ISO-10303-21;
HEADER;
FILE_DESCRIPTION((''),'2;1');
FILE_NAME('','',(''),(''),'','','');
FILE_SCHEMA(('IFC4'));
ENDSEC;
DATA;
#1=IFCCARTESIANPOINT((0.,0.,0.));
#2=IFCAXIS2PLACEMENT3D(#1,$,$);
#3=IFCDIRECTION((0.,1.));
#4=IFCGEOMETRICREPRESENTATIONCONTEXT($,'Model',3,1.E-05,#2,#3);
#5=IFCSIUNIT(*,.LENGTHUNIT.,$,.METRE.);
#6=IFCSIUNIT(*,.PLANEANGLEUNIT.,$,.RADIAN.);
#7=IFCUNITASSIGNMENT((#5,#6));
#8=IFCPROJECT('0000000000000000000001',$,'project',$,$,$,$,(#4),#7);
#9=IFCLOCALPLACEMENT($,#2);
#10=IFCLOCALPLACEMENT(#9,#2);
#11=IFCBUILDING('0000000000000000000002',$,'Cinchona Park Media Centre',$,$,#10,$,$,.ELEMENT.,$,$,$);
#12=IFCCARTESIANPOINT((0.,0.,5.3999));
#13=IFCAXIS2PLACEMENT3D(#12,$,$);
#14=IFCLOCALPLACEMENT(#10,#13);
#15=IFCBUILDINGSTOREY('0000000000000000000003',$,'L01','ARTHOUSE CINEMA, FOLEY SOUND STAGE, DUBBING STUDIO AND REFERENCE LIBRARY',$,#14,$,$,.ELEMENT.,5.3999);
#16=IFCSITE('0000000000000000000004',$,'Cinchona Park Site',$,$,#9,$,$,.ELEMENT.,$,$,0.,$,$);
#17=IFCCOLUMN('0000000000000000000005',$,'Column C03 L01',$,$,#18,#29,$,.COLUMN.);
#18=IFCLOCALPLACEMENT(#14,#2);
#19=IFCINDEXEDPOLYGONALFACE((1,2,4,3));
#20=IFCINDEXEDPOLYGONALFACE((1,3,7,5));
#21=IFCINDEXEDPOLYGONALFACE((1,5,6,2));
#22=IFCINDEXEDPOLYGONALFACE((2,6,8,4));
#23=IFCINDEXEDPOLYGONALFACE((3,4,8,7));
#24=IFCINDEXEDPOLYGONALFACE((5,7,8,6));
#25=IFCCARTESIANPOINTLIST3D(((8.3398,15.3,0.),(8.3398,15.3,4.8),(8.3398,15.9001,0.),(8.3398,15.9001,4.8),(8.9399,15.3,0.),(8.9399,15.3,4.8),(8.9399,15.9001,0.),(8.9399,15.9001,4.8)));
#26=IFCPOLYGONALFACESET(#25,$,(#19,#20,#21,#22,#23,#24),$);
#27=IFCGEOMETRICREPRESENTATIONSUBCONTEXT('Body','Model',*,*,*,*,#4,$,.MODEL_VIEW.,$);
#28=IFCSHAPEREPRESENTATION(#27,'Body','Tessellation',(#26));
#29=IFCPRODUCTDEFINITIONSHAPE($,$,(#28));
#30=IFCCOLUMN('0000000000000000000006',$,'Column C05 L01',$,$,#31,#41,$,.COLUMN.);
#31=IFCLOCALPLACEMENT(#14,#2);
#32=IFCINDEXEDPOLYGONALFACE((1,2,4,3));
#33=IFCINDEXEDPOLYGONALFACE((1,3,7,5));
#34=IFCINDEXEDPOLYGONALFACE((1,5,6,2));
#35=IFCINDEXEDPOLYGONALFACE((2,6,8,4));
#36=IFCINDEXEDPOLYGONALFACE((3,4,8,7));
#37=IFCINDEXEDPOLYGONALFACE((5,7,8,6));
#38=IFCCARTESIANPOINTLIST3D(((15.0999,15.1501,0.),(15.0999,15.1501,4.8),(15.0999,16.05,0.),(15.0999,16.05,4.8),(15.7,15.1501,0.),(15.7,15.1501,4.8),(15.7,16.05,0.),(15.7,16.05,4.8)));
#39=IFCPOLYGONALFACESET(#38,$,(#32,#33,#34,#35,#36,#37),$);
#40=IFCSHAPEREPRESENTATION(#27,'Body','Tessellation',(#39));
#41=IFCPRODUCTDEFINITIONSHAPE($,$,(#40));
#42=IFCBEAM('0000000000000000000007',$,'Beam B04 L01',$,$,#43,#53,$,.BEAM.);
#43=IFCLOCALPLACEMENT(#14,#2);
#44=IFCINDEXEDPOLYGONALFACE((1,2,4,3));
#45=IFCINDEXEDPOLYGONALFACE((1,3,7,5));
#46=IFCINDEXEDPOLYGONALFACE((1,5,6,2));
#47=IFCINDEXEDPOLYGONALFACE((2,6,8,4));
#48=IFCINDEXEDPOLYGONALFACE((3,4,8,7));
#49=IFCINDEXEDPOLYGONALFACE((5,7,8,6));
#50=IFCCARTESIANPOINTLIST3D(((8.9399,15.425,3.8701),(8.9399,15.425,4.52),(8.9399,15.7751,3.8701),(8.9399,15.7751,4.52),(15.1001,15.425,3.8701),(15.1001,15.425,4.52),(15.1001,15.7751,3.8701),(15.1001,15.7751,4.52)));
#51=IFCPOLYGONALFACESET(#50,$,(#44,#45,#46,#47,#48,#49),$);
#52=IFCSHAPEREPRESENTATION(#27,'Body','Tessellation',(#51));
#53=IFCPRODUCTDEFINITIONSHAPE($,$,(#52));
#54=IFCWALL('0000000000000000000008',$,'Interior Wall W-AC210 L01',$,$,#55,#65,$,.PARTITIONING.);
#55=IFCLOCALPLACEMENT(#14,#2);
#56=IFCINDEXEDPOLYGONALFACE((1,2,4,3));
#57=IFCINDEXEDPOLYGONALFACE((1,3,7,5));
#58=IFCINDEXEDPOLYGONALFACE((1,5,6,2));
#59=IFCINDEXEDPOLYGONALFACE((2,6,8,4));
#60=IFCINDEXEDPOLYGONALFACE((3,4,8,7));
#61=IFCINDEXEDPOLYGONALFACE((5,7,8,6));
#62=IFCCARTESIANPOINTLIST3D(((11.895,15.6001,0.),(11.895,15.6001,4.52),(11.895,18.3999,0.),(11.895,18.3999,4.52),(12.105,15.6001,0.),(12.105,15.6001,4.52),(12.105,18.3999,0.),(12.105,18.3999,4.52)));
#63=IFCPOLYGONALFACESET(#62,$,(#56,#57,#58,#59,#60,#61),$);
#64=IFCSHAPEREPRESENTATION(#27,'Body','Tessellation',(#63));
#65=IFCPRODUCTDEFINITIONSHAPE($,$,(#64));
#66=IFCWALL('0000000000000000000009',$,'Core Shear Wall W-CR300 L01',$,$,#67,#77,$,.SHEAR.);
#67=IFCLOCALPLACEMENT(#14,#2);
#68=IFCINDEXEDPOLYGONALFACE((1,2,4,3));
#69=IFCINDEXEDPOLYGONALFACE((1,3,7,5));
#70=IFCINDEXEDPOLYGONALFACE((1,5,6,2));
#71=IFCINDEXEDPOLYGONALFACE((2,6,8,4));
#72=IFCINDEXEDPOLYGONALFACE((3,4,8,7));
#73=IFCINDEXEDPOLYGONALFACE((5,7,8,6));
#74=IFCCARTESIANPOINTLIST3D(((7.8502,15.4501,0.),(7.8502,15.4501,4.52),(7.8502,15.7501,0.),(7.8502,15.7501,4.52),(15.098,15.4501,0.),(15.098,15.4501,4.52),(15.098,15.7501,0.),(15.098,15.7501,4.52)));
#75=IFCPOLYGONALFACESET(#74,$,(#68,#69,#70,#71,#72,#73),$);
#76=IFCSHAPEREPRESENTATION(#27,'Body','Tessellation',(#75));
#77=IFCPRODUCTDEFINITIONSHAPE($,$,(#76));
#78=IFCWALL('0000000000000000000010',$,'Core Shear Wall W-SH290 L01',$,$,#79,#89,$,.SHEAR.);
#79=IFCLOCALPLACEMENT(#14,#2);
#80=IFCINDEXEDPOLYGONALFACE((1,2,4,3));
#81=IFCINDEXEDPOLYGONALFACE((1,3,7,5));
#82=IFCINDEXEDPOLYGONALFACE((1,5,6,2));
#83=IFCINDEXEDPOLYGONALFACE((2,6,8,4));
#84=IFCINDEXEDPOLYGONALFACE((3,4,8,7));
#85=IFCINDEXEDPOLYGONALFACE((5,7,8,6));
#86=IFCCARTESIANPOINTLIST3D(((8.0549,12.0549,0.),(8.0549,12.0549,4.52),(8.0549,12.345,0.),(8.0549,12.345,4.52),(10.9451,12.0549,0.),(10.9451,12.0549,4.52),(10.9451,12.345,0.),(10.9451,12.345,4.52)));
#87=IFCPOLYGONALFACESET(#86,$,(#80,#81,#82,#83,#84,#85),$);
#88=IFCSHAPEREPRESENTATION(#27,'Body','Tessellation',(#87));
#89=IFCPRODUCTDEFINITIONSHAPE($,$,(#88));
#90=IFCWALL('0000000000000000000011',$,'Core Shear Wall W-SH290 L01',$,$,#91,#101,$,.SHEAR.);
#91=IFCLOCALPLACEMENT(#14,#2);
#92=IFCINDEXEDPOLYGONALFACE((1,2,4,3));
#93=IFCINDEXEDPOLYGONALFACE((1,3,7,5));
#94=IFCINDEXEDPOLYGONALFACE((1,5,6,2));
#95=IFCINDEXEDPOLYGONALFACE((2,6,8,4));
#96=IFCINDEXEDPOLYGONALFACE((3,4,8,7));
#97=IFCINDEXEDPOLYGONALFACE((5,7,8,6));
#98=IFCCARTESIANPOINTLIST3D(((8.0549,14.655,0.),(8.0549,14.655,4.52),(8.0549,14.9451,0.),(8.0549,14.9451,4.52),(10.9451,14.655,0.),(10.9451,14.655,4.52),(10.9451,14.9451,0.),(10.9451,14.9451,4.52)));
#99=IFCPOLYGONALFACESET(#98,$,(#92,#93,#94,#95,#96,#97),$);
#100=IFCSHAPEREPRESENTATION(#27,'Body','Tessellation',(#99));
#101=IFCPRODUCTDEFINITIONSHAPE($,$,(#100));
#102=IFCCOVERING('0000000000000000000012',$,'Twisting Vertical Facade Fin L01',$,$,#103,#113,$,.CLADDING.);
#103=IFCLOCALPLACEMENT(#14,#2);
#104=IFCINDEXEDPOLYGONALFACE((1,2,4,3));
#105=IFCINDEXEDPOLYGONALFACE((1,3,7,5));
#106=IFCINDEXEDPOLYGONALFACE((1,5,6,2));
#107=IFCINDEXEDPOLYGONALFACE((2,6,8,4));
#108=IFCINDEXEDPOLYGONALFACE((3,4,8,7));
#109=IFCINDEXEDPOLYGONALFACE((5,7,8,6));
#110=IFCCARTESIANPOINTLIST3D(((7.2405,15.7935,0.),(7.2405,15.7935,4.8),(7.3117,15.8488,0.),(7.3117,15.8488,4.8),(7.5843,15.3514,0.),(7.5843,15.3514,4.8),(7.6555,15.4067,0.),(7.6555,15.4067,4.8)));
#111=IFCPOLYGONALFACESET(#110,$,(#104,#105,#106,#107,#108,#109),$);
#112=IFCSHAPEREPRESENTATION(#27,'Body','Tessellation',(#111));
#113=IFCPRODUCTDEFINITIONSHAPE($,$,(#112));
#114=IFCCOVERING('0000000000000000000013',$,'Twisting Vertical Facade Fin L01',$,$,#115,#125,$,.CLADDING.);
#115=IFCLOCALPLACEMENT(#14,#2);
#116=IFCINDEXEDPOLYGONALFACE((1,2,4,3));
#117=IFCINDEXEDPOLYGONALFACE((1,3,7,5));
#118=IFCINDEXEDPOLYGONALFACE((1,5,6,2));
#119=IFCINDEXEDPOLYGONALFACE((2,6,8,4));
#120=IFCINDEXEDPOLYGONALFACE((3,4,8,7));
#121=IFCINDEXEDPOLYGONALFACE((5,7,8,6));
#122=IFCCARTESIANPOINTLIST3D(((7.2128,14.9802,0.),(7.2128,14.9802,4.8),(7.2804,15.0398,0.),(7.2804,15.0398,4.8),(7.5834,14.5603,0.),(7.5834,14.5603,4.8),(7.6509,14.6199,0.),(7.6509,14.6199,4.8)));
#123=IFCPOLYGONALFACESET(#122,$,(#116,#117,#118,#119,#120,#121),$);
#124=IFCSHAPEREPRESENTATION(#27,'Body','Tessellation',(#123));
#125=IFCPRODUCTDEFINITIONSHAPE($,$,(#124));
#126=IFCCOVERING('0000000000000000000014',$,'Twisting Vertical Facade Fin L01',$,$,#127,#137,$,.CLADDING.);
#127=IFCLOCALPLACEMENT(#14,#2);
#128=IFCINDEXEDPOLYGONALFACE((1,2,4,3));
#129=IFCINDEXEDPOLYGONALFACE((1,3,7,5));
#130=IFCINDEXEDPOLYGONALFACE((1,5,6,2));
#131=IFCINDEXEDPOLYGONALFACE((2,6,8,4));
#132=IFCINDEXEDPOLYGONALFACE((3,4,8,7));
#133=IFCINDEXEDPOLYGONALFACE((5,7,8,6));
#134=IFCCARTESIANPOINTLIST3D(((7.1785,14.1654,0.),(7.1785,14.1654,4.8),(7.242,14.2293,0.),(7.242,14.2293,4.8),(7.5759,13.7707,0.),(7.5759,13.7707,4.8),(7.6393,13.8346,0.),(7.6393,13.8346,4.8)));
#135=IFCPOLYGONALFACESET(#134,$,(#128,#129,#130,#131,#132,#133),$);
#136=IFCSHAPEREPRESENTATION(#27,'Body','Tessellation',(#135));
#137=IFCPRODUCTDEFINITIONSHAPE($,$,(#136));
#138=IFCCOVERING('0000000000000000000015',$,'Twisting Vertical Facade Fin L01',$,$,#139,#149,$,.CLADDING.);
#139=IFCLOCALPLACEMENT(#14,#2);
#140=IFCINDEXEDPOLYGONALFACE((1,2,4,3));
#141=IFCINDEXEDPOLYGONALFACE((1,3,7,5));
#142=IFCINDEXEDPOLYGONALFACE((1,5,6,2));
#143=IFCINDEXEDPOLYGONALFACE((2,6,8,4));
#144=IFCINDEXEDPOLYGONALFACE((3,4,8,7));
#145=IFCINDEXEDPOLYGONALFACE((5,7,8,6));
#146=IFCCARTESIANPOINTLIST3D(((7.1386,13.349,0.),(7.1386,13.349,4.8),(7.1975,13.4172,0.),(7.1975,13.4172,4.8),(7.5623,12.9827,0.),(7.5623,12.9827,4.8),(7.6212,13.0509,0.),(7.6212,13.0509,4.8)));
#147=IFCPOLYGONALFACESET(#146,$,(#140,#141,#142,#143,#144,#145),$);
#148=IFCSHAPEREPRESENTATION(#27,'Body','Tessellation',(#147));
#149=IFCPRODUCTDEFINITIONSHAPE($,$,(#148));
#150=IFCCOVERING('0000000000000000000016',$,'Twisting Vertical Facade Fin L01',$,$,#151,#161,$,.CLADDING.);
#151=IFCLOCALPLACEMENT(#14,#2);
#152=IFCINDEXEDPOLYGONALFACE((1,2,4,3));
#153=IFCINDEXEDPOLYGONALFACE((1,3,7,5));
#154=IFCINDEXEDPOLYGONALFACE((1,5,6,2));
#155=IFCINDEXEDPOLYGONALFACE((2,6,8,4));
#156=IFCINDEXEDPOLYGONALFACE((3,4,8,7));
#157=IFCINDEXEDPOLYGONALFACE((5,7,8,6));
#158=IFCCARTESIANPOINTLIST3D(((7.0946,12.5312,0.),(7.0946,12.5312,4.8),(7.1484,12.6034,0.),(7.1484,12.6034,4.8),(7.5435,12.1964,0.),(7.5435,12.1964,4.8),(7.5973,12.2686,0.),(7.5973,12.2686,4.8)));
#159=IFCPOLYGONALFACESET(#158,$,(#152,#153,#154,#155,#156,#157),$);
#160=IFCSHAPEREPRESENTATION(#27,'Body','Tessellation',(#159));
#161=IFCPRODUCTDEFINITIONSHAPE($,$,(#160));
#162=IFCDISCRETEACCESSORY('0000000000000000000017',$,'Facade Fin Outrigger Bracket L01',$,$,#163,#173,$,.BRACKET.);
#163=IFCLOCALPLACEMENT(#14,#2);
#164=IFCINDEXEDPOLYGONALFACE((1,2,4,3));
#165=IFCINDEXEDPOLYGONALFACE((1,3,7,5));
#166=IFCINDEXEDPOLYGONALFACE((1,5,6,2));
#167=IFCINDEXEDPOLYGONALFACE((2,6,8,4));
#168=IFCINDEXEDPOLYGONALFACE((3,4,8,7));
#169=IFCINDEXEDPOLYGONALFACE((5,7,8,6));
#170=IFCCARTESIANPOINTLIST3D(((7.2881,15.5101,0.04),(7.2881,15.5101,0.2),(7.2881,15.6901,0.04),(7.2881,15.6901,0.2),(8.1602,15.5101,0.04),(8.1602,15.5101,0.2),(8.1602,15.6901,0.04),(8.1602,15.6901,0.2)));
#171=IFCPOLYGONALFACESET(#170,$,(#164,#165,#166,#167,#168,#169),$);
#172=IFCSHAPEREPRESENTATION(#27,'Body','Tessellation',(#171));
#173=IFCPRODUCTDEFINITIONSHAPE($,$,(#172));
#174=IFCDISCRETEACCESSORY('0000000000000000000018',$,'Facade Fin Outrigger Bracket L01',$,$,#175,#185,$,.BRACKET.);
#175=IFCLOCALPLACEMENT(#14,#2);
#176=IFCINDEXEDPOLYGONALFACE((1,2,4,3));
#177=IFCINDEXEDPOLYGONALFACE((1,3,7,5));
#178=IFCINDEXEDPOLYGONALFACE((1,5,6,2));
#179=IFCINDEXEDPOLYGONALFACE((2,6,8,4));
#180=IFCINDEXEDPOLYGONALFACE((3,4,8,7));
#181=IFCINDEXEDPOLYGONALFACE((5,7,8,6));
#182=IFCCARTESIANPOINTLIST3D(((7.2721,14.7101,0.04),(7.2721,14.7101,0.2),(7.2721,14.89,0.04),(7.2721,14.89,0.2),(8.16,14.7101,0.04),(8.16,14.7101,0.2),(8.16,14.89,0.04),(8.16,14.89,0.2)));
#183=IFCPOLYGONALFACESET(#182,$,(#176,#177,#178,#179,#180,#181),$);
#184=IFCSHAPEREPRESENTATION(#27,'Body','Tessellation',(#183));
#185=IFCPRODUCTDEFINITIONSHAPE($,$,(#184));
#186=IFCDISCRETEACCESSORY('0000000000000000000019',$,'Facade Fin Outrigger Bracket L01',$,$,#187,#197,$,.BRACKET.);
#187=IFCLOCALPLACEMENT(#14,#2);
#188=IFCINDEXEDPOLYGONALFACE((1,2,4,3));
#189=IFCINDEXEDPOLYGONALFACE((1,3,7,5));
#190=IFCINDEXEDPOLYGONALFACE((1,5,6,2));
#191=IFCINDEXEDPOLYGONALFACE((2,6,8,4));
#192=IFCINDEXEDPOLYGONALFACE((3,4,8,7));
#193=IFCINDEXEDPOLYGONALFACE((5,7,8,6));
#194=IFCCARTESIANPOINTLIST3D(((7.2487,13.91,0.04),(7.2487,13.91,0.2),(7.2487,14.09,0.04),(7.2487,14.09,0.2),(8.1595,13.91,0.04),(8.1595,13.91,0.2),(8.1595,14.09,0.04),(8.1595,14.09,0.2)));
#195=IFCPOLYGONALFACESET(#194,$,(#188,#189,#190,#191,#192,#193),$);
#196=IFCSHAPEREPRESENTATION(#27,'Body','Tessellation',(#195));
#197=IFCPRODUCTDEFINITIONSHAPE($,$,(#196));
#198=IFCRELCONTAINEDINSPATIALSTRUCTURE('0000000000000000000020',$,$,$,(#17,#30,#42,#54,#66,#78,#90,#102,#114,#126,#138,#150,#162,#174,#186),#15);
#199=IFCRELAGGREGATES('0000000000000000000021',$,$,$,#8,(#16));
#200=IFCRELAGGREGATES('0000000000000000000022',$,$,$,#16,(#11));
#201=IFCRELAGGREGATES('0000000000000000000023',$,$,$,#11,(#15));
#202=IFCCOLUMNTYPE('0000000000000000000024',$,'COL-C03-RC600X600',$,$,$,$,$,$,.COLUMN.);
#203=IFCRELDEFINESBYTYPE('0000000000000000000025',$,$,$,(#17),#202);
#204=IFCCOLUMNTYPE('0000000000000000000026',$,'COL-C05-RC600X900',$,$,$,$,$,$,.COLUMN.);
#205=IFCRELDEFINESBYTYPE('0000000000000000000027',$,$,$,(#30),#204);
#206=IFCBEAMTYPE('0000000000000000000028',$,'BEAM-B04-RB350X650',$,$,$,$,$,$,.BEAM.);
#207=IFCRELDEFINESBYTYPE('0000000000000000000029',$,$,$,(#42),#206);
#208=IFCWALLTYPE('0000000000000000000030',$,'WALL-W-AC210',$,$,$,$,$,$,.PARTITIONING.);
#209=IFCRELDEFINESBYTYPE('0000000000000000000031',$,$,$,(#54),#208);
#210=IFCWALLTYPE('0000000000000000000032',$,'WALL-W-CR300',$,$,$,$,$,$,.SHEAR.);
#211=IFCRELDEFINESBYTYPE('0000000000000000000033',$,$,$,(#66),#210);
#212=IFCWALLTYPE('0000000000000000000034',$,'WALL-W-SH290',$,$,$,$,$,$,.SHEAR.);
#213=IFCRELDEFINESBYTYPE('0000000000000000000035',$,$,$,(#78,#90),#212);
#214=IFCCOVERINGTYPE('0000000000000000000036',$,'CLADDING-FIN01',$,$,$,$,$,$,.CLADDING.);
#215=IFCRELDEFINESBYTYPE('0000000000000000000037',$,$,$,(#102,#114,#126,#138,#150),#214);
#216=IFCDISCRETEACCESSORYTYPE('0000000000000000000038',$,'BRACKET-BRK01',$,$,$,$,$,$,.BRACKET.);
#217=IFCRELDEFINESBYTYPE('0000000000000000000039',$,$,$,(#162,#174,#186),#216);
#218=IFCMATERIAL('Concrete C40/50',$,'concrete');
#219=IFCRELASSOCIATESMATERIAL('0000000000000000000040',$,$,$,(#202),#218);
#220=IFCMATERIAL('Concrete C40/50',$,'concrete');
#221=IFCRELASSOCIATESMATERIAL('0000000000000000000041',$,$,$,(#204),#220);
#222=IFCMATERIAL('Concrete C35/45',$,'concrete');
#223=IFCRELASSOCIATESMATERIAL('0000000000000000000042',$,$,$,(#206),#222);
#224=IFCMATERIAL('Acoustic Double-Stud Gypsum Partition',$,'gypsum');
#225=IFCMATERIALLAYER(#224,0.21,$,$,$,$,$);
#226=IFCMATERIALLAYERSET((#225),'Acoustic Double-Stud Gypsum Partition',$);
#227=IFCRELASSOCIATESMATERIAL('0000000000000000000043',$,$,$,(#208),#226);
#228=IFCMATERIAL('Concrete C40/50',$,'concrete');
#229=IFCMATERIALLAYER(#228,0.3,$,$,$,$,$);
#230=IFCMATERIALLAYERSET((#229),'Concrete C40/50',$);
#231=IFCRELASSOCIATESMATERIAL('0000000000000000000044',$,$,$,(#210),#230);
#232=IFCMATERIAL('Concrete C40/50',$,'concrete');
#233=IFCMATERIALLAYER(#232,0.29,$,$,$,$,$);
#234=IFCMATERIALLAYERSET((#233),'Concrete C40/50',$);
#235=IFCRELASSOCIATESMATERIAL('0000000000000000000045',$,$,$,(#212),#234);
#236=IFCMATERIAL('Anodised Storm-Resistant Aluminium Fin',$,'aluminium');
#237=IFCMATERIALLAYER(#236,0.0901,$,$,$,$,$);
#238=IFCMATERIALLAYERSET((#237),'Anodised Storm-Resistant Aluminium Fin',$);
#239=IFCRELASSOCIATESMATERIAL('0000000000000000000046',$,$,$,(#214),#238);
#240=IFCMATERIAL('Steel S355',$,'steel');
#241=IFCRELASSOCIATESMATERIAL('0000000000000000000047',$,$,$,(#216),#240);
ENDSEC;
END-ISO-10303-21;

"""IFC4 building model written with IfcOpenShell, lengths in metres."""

from ifc_helpers import new_model, si_unit, direction, frame, frame_2d, origin, origin_2d, place, context, subcontext, project, spatial, rectangle, extrude, material, layer, layer_set, material_profile, profile_set, type_object, element, save


model = new_model("IFC4")

# Units and contexts
model_context = context("Model", 3, precision=1e-05, world=origin(), true_north=direction((0.0, 1.0)))
body_context = subcontext(model_context, "Body", "Model", "MODEL_VIEW")
ifc_project = project(units=[si_unit("LENGTHUNIT", "METRE"), si_unit("PLANEANGLEUNIT", "RADIAN")], contexts=[model_context])

# Site, building, storey
site_placement = place(None, origin())
site = spatial("IfcSite", under=ifc_project, at=site_placement, Name="Cinchona Park Site", CompositionType="ELEMENT", RefElevation=0.0)
building_placement = place(site_placement, origin())
building = spatial("IfcBuilding", under=site, at=building_placement, Name="Cinchona Park Media Centre", CompositionType="ELEMENT")
storey_placement = place(building_placement, frame((0.0, 0.0, 5.3999)))
storey = spatial("IfcBuildingStorey", under=building, at=storey_placement, Name="L01", Description="ARTHOUSE CINEMA, FOLEY SOUND STAGE, DUBBING STUDIO AND REFERENCE LIBRARY", CompositionType="ELEMENT", Elevation=5.3999)

# Columns
ifc_material_1 = material(Name="Concrete C40/50", Category="concrete")
ifc_material_profile_1 = material_profile(ifc_material_1, rectangle(XDim=0.6001, YDim=0.6001, at=origin_2d()), Name="RC 600X600")
ifc_profile_set_1 = profile_set([ifc_material_profile_1], Name="Concrete C40/50")
column_type_1 = type_object("IfcColumnType", Name="COL-C03-RC600X600", PredefinedType="COLUMN", material=ifc_profile_set_1)
column_1_placement = place(storey_placement, frame((8.6399, 15.6001, 0.0), z_axis=(0.0, 0.0, 1.0), x_axis=(1.0, 0.0, 0.0)))
element("IfcColumn", 1, at=column_1_placement, inside=storey, type_object=column_type_1, Name="Column C03 L01", PredefinedType="COLUMN", context=body_context, shape_type="SweptSolid", body=[
    extrude(rectangle(XDim=0.6001, YDim=0.6001, at=origin_2d()), origin(), (0.0, 0.0, 1.0), 4.8),
])
ifc_material_2 = material(Name="Concrete C40/50", Category="concrete")
ifc_material_profile_2 = material_profile(ifc_material_2, rectangle(XDim=0.6001, YDim=0.8999, at=origin_2d()), Name="RC 600X900")
ifc_profile_set_2 = profile_set([ifc_material_profile_2], Name="Concrete C40/50")
column_type_2 = type_object("IfcColumnType", Name="COL-C05-RC600X900", PredefinedType="COLUMN", material=ifc_profile_set_2)
column_2_placement = place(storey_placement, frame((15.3999, 15.6001, 0.0), z_axis=(0.0, 0.0, 1.0), x_axis=(1.0, 0.0, 0.0)))
element("IfcColumn", 2, at=column_2_placement, inside=storey, type_object=column_type_2, Name="Column C05 L01", PredefinedType="COLUMN", context=body_context, shape_type="SweptSolid", body=[
    extrude(rectangle(XDim=0.6001, YDim=0.8999, at=origin_2d()), origin(), (0.0, 0.0, 1.0), 4.8),
])

# Beam
ifc_material_3 = material(Name="Concrete C35/45", Category="concrete")
ifc_material_profile_3 = material_profile(ifc_material_3, rectangle(XDim=0.3501, YDim=0.6499, at=origin_2d()), Name="RB 350X650")
ifc_profile_set_3 = profile_set([ifc_material_profile_3], Name="Concrete C35/45")
beam_type = type_object("IfcBeamType", Name="BEAM-B04-RB350X650", PredefinedType="BEAM", material=ifc_profile_set_3)
beam_placement = place(storey_placement, frame((8.9399, 15.6001, 4.1951), z_axis=(1.0, 0.0, 0.0), x_axis=(0.0, 1.0, 0.0)))
element("IfcBeam", 3, at=beam_placement, inside=storey, type_object=beam_type, Name="Beam B04 L01", PredefinedType="BEAM", context=body_context, shape_type="SweptSolid", body=[
    extrude(rectangle(XDim=0.3501, YDim=0.6499, at=origin_2d()), origin(), (0.0, 0.0, 1.0), 6.1602),
])

# Walls
ifc_material_4 = material(Name="Acoustic Double-Stud Gypsum Partition", Category="gypsum")
ifc_layer_1 = layer(ifc_material_4, 0.21)
ifc_layer_set_1 = layer_set([ifc_layer_1], Name="Acoustic Double-Stud Gypsum Partition")
wall_type_1 = type_object("IfcWallType", Name="WALL-W-AC210", PredefinedType="PARTITIONING", material=ifc_layer_set_1)
wall_1_placement = place(storey_placement, frame((12.0, 15.6001, 0.0), z_axis=(0.0, 0.0, 1.0), x_axis=(0.0, 1.0, 0.0)))
element("IfcWall", 4, at=wall_1_placement, inside=storey, type_object=wall_type_1, Name="Interior Wall W-AC210 L01", PredefinedType="PARTITIONING", context=body_context, shape_type="SweptSolid", body=[
    extrude(rectangle(XDim=2.7998, YDim=0.21, at=frame_2d((1.3999, 0.0))), origin(), (0.0, 0.0, 1.0), 4.52),
])
ifc_material_5 = material(Name="Concrete C40/50", Category="concrete")
ifc_layer_2 = layer(ifc_material_5, 0.3)
ifc_layer_set_2 = layer_set([ifc_layer_2], Name="Concrete C40/50")
wall_type_2 = type_object("IfcWallType", Name="WALL-W-CR300", PredefinedType="SHEAR", material=ifc_layer_set_2)
wall_2_placement = place(storey_placement, frame((7.8501, 15.6001, 0.0), z_axis=(0.0, 0.0, 1.0), x_axis=(1.0, 0.0, 0.0)))
element("IfcWall", 5, at=wall_2_placement, inside=storey, type_object=wall_type_2, Name="Core Shear Wall W-CR300 L01", PredefinedType="SHEAR", context=body_context, shape_type="SweptSolid", body=[
    extrude(rectangle(XDim=7.2478, YDim=0.3, at=frame_2d((3.624, 0.0))), origin(), (0.0, 0.0, 1.0), 4.52),
])
ifc_material_6 = material(Name="Concrete C40/50", Category="concrete")
ifc_layer_3 = layer(ifc_material_6, 0.29)
ifc_layer_set_3 = layer_set([ifc_layer_3], Name="Concrete C40/50")
wall_type_3 = type_object("IfcWallType", Name="WALL-W-SH290", PredefinedType="SHEAR", material=ifc_layer_set_3)
for number, where, z_axis, x_axis, name in (
    (6, (8.0549, 12.2, 0.0), (0.0, 0.0, 1.0), (1.0, 0.0, 0.0), "Core Shear Wall W-SH290 L01"),
    (7, (8.0549, 14.8, 0.0), (0.0, 0.0, 1.0), (1.0, 0.0, 0.0), "Core Shear Wall W-SH290 L01"),
):
    element("IfcWall", number, at=place(storey_placement, frame(where, z_axis=z_axis, x_axis=x_axis)), inside=storey, type_object=wall_type_3, Name=name, PredefinedType="SHEAR", context=body_context, shape_type="SweptSolid", body=[
        extrude(rectangle(XDim=2.8901, YDim=0.29, at=frame_2d((1.4451, 0.0))), origin(), (0.0, 0.0, 1.0), 4.52),
    ])

# Coverings
ifc_material_7 = material(Name="Anodised Storm-Resistant Aluminium Fin", Category="aluminium")
ifc_layer_4 = layer(ifc_material_7, 0.0901)
ifc_layer_set_4 = layer_set([ifc_layer_4], Name="Anodised Storm-Resistant Aluminium Fin")
covering_type = type_object("IfcCoveringType", Name="CLADDING-FIN01", PredefinedType="CLADDING", material=ifc_layer_set_4)
for number, where, z_axis, x_axis, name in (
    (8, (7.448, 15.6001, 0.0), (0.0, 0.0, 1.0), (0.613872, -0.789406, 0.0), "Twisting Vertical Facade Fin L01"),
    (9, (7.4319, 14.8, 0.0), (0.0, 0.0, 1.0), (0.661574, -0.74988, 0.0), "Twisting Vertical Facade Fin L01"),
    (10, (7.4089, 14.0, 0.0), (0.0, 0.0, 1.0), (0.709448, -0.704758, 0.0), "Twisting Vertical Facade Fin L01"),
    (11, (7.3799, 13.2, 0.0), (0.0, 0.0, 1.0), (0.756539, -0.653949, 0.0), "Twisting Vertical Facade Fin L01"),
    (12, (7.3459, 12.3999, 0.0), (0.0, 0.0, 1.0), (0.801567, -0.597905, 0.0), "Twisting Vertical Facade Fin L01"),
):
    element("IfcCovering", number, at=place(storey_placement, frame(where, z_axis=z_axis, x_axis=x_axis)), inside=storey, type_object=covering_type, Name=name, PredefinedType="CLADDING", context=body_context, shape_type="SweptSolid", body=[
        extrude(rectangle(XDim=0.5601, YDim=0.0901, at=origin_2d()), origin(), (0.0, 0.0, 1.0), 4.8),
    ])

# Discrete accessories
ifc_material_8 = material(Name="Steel S355", Category="steel")
discrete_accessory_type = type_object("IfcDiscreteAccessoryType", Name="BRACKET-BRK01", PredefinedType="BRACKET", material=ifc_material_8)
discrete_accessory_1_placement = place(storey_placement, frame((7.7241, 15.6001, 0.04), z_axis=(0.0, 0.0, 1.0), x_axis=(0.0, -1.0, 0.0)))
element("IfcDiscreteAccessory", 13, at=discrete_accessory_1_placement, inside=storey, type_object=discrete_accessory_type, Name="Facade Fin Outrigger Bracket L01", PredefinedType="BRACKET", context=body_context, shape_type="SweptSolid", body=[
    extrude(rectangle(XDim=0.1799, YDim=0.8721, at=origin_2d()), origin(), (0.0, 0.0, 1.0), 0.1599),
])
discrete_accessory_2_placement = place(storey_placement, frame((7.7161, 14.8, 0.04), z_axis=(0.0, 0.0, 1.0), x_axis=(0.0, -1.0, 0.0)))
element("IfcDiscreteAccessory", 14, at=discrete_accessory_2_placement, inside=storey, type_object=discrete_accessory_type, Name="Facade Fin Outrigger Bracket L01", PredefinedType="BRACKET", context=body_context, shape_type="SweptSolid", body=[
    extrude(rectangle(XDim=0.1799, YDim=0.8879, at=origin_2d()), origin(), (0.0, 0.0, 1.0), 0.1599),
])
discrete_accessory_3_placement = place(storey_placement, frame((7.7041, 14.0, 0.04), z_axis=(0.0, 0.0, 1.0), x_axis=(0.0, -1.0, 0.0)))
element("IfcDiscreteAccessory", 15, at=discrete_accessory_3_placement, inside=storey, type_object=discrete_accessory_type, Name="Facade Fin Outrigger Bracket L01", PredefinedType="BRACKET", context=body_context, shape_type="SweptSolid", body=[
    extrude(rectangle(XDim=0.1799, YDim=0.9109, at=origin_2d()), origin(), (0.0, 0.0, 1.0), 0.1599),
])

save(model, "model.ifc")
